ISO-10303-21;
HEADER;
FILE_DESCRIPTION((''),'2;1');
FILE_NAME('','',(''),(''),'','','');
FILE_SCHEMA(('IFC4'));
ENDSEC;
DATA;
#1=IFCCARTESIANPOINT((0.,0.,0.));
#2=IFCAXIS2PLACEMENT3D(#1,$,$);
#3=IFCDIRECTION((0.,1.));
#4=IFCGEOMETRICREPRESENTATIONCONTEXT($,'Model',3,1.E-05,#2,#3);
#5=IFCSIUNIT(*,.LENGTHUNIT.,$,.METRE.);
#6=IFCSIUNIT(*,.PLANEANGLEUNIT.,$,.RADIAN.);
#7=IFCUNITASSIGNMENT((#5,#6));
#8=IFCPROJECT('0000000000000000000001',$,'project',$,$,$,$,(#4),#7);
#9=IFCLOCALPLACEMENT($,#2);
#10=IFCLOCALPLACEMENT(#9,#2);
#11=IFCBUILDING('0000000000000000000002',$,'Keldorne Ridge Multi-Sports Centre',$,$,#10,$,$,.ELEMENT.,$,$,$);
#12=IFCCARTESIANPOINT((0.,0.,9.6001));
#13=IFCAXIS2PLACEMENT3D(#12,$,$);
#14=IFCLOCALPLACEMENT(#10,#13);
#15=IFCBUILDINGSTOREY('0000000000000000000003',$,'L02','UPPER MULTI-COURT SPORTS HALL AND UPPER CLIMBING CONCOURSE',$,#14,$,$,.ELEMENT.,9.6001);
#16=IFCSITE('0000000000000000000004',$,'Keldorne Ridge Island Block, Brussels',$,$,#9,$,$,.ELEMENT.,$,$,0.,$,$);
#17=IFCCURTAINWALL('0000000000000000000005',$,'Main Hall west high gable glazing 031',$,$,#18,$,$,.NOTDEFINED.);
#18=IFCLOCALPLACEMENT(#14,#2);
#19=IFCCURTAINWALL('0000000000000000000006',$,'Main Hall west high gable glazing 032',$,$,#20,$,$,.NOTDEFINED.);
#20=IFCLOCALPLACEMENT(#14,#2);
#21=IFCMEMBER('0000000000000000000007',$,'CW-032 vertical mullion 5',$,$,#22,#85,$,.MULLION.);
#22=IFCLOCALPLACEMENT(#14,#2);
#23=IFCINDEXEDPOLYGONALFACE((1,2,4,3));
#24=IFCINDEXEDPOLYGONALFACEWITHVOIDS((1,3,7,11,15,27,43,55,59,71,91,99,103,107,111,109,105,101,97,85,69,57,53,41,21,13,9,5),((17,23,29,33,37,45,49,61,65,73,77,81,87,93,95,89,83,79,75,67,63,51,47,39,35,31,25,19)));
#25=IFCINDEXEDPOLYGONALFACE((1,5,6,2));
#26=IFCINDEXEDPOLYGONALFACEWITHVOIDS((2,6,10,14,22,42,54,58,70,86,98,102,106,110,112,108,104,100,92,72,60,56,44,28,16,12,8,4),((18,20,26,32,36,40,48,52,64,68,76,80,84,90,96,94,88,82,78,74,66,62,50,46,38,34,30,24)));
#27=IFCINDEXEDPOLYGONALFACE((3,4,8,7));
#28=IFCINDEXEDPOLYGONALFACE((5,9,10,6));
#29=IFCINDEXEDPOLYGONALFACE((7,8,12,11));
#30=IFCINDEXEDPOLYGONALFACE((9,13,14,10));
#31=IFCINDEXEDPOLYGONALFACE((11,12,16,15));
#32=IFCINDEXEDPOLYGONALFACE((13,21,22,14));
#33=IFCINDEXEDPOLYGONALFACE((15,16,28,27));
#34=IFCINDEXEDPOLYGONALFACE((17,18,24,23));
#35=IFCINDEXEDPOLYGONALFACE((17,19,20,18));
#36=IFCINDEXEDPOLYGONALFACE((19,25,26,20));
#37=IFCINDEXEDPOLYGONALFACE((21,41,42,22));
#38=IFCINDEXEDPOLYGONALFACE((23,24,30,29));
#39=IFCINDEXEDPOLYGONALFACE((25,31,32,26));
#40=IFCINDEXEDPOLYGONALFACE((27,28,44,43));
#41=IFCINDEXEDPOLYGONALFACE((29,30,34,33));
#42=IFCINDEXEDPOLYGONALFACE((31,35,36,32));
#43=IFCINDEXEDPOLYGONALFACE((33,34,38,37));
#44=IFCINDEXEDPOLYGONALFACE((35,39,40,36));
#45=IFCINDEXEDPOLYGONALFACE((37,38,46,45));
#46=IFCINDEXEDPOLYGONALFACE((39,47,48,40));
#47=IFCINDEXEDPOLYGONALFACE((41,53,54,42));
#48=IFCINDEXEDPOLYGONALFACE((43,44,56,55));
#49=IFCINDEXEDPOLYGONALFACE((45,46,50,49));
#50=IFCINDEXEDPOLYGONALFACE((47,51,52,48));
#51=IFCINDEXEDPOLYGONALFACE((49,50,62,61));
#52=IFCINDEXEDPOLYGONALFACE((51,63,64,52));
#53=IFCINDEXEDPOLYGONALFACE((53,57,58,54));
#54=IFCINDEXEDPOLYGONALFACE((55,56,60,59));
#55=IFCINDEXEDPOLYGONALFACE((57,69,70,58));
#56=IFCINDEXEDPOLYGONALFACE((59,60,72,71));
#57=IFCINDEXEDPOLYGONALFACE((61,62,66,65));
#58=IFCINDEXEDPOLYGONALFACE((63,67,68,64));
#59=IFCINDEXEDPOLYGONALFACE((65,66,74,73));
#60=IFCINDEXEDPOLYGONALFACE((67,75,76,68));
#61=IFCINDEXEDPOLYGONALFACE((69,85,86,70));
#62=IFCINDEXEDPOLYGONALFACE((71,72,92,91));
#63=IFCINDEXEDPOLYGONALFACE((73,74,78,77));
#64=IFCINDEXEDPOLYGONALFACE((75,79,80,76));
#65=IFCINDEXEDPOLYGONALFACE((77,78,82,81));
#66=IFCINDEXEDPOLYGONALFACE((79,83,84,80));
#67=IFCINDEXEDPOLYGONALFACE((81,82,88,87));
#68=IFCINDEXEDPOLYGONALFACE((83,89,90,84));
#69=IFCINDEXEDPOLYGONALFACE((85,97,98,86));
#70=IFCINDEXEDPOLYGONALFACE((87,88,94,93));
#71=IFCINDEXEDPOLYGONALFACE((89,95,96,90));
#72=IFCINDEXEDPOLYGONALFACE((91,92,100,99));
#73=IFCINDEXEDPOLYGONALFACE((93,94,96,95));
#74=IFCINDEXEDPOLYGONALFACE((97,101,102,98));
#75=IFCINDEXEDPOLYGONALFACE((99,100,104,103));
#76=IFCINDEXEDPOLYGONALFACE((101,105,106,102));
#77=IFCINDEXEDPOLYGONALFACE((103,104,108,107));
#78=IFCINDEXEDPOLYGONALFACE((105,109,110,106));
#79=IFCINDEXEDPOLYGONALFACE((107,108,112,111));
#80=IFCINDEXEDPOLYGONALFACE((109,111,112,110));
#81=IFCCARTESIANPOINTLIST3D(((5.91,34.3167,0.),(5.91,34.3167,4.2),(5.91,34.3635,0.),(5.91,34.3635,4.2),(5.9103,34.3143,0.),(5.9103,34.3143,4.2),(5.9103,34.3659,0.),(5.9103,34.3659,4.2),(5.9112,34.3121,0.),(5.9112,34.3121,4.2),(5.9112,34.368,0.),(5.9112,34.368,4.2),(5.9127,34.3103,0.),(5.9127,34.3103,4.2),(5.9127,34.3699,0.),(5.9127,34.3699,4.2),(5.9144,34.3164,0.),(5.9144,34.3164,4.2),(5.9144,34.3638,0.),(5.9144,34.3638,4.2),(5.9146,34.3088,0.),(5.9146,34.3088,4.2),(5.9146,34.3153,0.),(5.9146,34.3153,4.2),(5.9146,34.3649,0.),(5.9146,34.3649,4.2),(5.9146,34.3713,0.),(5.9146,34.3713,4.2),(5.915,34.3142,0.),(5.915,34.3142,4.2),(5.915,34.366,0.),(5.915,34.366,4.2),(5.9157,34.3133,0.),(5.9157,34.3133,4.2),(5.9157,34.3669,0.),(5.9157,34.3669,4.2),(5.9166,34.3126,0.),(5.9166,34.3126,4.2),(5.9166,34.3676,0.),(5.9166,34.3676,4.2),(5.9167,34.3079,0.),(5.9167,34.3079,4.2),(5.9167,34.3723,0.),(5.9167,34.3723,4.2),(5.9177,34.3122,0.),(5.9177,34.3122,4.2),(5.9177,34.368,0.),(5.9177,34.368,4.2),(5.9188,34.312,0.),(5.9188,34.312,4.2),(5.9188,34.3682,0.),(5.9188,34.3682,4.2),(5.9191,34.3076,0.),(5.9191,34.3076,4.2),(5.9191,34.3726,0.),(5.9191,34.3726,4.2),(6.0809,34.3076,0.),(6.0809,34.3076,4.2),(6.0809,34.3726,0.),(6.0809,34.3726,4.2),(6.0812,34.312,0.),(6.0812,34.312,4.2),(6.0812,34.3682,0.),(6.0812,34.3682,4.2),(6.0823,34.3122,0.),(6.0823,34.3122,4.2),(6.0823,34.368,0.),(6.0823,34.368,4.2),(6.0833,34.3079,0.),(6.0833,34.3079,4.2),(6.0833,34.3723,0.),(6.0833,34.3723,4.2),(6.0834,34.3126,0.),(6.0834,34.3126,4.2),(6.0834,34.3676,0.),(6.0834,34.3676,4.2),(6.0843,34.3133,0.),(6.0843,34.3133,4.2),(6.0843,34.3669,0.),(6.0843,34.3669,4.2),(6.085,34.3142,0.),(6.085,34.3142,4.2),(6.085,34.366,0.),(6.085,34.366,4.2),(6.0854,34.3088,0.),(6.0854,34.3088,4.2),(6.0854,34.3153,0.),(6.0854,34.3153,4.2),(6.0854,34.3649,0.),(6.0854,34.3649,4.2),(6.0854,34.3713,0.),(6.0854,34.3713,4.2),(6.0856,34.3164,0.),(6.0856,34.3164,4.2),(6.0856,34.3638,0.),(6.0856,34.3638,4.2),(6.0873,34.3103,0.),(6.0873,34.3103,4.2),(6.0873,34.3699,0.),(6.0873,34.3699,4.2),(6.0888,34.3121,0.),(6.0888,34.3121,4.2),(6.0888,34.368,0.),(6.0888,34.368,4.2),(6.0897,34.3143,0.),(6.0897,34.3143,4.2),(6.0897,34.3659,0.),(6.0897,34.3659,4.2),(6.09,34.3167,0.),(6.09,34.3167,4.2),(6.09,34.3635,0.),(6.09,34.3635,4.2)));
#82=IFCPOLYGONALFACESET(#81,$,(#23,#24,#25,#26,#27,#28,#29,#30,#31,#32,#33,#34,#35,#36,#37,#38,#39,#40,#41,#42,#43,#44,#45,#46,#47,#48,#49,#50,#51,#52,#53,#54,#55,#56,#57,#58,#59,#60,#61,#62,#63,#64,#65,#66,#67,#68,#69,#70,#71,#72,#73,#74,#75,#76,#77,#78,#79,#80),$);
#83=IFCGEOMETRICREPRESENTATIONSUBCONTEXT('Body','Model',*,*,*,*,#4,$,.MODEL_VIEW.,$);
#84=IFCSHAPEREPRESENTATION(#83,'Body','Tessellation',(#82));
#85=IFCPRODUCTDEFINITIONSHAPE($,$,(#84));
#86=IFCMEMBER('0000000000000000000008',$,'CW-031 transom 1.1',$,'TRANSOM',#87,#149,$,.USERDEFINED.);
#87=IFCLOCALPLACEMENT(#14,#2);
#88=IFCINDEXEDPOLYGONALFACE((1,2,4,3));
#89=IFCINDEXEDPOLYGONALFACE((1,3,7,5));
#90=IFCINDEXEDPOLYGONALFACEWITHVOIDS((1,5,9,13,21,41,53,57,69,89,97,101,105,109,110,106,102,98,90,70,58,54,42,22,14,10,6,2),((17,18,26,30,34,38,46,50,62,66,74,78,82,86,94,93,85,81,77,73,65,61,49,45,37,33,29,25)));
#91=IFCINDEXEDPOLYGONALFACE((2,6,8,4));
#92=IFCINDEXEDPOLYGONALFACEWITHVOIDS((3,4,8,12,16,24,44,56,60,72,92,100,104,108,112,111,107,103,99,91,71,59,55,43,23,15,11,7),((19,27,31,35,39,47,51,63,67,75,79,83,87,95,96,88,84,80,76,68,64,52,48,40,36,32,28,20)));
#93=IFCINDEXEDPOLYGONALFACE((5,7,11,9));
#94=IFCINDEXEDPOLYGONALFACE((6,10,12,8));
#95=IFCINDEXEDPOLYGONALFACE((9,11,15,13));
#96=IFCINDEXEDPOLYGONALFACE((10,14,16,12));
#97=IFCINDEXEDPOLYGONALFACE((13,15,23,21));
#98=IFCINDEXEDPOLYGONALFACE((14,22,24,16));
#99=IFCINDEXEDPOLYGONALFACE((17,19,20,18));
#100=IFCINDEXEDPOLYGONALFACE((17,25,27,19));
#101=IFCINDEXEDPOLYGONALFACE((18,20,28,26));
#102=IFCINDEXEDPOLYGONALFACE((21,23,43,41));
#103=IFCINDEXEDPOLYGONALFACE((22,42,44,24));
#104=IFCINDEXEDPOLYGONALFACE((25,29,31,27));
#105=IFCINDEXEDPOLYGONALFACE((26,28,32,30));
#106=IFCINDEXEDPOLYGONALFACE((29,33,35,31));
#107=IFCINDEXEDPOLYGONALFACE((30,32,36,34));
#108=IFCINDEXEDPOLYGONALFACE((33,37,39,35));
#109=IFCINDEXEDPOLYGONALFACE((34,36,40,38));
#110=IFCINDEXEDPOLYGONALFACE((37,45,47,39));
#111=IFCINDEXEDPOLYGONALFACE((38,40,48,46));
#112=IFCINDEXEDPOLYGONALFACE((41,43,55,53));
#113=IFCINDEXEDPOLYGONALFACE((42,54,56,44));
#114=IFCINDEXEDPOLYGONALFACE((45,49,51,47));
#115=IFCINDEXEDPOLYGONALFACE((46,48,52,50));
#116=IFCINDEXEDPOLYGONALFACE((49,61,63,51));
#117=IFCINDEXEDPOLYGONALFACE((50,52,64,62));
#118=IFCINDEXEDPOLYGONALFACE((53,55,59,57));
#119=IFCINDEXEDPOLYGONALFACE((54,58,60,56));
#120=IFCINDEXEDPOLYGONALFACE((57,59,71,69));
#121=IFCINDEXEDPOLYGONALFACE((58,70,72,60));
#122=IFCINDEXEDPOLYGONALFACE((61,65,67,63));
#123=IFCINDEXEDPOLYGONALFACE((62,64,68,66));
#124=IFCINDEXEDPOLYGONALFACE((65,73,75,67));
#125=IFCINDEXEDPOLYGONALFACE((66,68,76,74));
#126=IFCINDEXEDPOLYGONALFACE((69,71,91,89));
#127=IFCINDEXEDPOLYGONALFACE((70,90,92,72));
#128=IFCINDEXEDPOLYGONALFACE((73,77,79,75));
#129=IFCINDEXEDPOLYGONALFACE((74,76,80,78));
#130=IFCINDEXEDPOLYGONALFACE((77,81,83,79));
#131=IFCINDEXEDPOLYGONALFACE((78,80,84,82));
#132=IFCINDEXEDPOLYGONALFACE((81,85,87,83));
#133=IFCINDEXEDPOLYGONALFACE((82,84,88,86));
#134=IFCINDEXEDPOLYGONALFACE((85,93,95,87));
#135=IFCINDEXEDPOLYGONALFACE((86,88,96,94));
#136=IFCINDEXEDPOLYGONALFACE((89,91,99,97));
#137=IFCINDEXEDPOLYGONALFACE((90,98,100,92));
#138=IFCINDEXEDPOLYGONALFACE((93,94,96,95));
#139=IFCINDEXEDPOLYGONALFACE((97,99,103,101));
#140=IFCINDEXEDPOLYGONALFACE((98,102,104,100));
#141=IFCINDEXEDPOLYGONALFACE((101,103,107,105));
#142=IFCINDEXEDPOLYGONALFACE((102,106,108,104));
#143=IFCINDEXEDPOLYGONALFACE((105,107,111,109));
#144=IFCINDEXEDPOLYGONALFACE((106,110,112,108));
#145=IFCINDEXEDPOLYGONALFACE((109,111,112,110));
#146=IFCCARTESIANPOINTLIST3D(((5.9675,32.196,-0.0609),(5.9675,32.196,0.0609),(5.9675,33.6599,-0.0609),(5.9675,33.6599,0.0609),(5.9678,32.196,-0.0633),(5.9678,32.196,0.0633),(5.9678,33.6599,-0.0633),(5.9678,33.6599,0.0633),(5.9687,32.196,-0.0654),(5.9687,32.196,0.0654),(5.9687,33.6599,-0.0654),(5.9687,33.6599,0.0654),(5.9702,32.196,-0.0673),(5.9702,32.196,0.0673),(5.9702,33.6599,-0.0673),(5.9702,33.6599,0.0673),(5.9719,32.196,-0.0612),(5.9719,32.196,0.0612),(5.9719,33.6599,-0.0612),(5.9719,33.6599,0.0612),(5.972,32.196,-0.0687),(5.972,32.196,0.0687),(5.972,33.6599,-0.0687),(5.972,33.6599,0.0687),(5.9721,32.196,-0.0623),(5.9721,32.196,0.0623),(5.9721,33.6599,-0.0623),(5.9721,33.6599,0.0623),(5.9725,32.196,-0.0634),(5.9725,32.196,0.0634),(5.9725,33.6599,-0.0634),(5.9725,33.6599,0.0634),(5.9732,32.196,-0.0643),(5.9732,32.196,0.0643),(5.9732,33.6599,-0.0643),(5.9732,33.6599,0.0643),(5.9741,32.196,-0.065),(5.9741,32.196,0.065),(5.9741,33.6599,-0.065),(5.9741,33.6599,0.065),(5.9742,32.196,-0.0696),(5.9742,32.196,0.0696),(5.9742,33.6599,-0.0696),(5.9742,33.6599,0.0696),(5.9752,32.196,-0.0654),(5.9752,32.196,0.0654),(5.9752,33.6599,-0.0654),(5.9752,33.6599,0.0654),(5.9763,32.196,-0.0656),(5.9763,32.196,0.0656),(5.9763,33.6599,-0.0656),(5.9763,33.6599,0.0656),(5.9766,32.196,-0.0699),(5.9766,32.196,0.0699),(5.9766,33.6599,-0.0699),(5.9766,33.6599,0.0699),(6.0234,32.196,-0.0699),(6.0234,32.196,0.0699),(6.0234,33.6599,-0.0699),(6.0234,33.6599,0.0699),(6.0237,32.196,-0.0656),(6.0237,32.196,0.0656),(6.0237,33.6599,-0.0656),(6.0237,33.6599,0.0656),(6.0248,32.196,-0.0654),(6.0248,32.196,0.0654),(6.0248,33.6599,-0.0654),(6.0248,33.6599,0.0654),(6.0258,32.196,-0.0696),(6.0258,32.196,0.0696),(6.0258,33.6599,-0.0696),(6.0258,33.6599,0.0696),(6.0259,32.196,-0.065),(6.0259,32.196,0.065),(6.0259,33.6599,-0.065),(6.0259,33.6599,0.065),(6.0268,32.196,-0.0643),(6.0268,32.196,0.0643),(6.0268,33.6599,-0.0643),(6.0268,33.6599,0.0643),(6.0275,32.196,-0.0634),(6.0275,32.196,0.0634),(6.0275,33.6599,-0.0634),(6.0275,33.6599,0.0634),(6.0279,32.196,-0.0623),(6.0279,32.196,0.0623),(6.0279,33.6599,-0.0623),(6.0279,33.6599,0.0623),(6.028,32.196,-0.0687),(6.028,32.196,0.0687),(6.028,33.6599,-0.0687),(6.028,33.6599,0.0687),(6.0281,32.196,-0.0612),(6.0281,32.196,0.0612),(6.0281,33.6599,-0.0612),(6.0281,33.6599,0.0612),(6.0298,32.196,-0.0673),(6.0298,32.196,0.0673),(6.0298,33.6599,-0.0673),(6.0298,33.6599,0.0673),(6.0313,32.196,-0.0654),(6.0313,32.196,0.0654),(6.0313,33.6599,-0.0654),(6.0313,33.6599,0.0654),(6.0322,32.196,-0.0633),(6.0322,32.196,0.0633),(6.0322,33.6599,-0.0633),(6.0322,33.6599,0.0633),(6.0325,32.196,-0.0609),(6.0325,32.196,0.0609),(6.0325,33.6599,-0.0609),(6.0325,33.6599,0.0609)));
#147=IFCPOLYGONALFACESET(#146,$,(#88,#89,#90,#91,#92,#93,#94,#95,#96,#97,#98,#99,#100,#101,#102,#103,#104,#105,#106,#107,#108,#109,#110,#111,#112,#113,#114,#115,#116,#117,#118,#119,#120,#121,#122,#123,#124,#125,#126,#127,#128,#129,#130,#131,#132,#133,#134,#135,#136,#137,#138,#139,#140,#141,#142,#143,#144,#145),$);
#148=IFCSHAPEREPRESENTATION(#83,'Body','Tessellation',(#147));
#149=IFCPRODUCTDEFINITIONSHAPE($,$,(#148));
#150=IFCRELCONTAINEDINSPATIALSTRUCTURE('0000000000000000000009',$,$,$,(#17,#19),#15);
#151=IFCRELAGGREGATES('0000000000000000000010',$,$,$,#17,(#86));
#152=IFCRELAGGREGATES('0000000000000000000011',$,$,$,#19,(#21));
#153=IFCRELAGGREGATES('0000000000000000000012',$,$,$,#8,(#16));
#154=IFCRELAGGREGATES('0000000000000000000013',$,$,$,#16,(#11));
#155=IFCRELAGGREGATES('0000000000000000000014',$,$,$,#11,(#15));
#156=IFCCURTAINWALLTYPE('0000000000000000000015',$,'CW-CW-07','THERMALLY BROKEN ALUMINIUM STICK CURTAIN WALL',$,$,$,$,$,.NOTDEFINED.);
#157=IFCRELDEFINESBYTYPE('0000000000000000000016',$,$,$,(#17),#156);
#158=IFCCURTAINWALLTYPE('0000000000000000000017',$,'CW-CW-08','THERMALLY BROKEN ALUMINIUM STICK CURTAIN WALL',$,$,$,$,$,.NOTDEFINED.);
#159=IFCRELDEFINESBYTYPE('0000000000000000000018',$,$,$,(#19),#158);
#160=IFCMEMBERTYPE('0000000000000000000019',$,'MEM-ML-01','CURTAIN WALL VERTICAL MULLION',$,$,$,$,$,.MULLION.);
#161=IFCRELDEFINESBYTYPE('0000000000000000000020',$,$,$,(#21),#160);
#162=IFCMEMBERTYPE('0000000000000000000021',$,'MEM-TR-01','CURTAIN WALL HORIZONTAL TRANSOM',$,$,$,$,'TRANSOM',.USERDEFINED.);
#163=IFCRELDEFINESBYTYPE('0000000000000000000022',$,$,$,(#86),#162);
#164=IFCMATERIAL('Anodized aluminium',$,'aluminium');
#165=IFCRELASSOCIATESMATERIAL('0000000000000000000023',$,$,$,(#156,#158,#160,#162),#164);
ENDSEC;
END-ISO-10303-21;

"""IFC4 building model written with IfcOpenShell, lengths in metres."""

from ifc_helpers import new_model, si_unit, direction, frame, origin, origin_2d, place, context, subcontext, project, spatial, hollow_rectangle, extrude, material, material_profile, profile_set, type_object, element, aggregate, save


model = new_model("IFC4")

# Units and contexts
model_context = context("Model", 3, precision=1e-05, world=origin(), true_north=direction((0.0, 1.0)))
body_context = subcontext(model_context, "Body", "Model", "MODEL_VIEW")
ifc_project = project(units=[si_unit("LENGTHUNIT", "METRE"), si_unit("PLANEANGLEUNIT", "RADIAN")], contexts=[model_context])

# Site, building, storey
site_placement = place(None, origin())
site = spatial("IfcSite", under=ifc_project, at=site_placement, Name="Keldorne Ridge Island Block, Brussels", CompositionType="ELEMENT", RefElevation=0.0)
building_placement = place(site_placement, origin())
building = spatial("IfcBuilding", under=site, at=building_placement, Name="Keldorne Ridge Multi-Sports Centre", CompositionType="ELEMENT")
storey_placement = place(building_placement, frame((0.0, 0.0, 9.6001)))
storey = spatial("IfcBuildingStorey", under=building, at=storey_placement, Name="L02", Description="UPPER MULTI-COURT SPORTS HALL AND UPPER CLIMBING CONCOURSE", CompositionType="ELEMENT", Elevation=9.6001)

# Curtain wall
ifc_material_1 = material(Name="Anodized aluminium", Category="aluminium")
curtain_wall_type_1 = type_object("IfcCurtainWallType", Name="CW-CW-07", Description="THERMALLY BROKEN ALUMINIUM STICK CURTAIN WALL", PredefinedType="NOTDEFINED", material=ifc_material_1)
curtain_wall_1_placement = place(storey_placement, origin())
curtain_wall_1 = element("IfcCurtainWall", 1, at=curtain_wall_1_placement, inside=storey, type_object=curtain_wall_type_1, Name="Main Hall west high gable glazing 031", PredefinedType="NOTDEFINED")
ifc_material_profile_1 = material_profile(ifc_material_1, hollow_rectangle(XDim=0.0649, YDim=0.1799, WallThickness=0.0044, InnerFilletRadius=0.0044, OuterFilletRadius=0.009, at=origin_2d()), Name="ALU MULLION 180x65x4.5")
ifc_profile_set_1 = profile_set([ifc_material_profile_1], Name="Anodized aluminium")
member_type_1 = type_object("IfcMemberType", Name="MEM-ML-01", Description="CURTAIN WALL VERTICAL MULLION", PredefinedType="MULLION", material=ifc_profile_set_1)

# Curtain wall, member
curtain_wall_type_2 = type_object("IfcCurtainWallType", Name="CW-CW-08", Description="THERMALLY BROKEN ALUMINIUM STICK CURTAIN WALL", PredefinedType="NOTDEFINED", material=ifc_material_1)
curtain_wall_2_placement = place(storey_placement, origin())
curtain_wall_2 = element("IfcCurtainWall", 2, at=curtain_wall_2_placement, inside=storey, type_object=curtain_wall_type_2, Name="Main Hall west high gable glazing 032", PredefinedType="NOTDEFINED")
member_1_placement = place(storey_placement, frame((6.0, 34.3401, 0.0), z_axis=(0.0, 0.0, 1.0), x_axis=(0.0, 1.0, 0.0)))
member_1 = element("IfcMember", 3, at=member_1_placement, type_object=member_type_1, Name="CW-032 vertical mullion 5", PredefinedType="MULLION", context=body_context, shape_type="SweptSolid", body=[
    extrude(hollow_rectangle(XDim=0.0649, YDim=0.1799, WallThickness=0.0044, InnerFilletRadius=0.0044, OuterFilletRadius=0.009, at=origin_2d()), origin(), (0.0, 0.0, 1.0), 4.2),
])

# Member
ifc_material_profile_2 = material_profile(ifc_material_1, hollow_rectangle(XDim=0.0649, YDim=0.1399, WallThickness=0.0044, InnerFilletRadius=0.0044, OuterFilletRadius=0.009, at=origin_2d()), Name="ALU TRANSOM 140x65x4.5")
ifc_profile_set_2 = profile_set([ifc_material_profile_2], Name="Anodized aluminium")
member_type_2 = type_object("IfcMemberType", Name="MEM-TR-01", Description="CURTAIN WALL HORIZONTAL TRANSOM", ElementType="TRANSOM", PredefinedType="USERDEFINED", material=ifc_profile_set_2)
member_2_placement = place(storey_placement, frame((6.0, 33.6599, 0.0), z_axis=(0.0, -1.0, 0.0), x_axis=(1.0, 0.0, 0.0)))
member_2 = element("IfcMember", 4, at=member_2_placement, type_object=member_type_2, Name="CW-031 transom 1.1", ObjectType="TRANSOM", PredefinedType="USERDEFINED", context=body_context, shape_type="SweptSolid", body=[
    extrude(hollow_rectangle(XDim=0.0649, YDim=0.1399, WallThickness=0.0044, InnerFilletRadius=0.0044, OuterFilletRadius=0.009, at=origin_2d()), origin(), (0.0, 0.0, 1.0), 1.4639),
])

aggregate(curtain_wall_1, [member_2])
aggregate(curtain_wall_2, [member_1])

save(model, "model.ifc")
